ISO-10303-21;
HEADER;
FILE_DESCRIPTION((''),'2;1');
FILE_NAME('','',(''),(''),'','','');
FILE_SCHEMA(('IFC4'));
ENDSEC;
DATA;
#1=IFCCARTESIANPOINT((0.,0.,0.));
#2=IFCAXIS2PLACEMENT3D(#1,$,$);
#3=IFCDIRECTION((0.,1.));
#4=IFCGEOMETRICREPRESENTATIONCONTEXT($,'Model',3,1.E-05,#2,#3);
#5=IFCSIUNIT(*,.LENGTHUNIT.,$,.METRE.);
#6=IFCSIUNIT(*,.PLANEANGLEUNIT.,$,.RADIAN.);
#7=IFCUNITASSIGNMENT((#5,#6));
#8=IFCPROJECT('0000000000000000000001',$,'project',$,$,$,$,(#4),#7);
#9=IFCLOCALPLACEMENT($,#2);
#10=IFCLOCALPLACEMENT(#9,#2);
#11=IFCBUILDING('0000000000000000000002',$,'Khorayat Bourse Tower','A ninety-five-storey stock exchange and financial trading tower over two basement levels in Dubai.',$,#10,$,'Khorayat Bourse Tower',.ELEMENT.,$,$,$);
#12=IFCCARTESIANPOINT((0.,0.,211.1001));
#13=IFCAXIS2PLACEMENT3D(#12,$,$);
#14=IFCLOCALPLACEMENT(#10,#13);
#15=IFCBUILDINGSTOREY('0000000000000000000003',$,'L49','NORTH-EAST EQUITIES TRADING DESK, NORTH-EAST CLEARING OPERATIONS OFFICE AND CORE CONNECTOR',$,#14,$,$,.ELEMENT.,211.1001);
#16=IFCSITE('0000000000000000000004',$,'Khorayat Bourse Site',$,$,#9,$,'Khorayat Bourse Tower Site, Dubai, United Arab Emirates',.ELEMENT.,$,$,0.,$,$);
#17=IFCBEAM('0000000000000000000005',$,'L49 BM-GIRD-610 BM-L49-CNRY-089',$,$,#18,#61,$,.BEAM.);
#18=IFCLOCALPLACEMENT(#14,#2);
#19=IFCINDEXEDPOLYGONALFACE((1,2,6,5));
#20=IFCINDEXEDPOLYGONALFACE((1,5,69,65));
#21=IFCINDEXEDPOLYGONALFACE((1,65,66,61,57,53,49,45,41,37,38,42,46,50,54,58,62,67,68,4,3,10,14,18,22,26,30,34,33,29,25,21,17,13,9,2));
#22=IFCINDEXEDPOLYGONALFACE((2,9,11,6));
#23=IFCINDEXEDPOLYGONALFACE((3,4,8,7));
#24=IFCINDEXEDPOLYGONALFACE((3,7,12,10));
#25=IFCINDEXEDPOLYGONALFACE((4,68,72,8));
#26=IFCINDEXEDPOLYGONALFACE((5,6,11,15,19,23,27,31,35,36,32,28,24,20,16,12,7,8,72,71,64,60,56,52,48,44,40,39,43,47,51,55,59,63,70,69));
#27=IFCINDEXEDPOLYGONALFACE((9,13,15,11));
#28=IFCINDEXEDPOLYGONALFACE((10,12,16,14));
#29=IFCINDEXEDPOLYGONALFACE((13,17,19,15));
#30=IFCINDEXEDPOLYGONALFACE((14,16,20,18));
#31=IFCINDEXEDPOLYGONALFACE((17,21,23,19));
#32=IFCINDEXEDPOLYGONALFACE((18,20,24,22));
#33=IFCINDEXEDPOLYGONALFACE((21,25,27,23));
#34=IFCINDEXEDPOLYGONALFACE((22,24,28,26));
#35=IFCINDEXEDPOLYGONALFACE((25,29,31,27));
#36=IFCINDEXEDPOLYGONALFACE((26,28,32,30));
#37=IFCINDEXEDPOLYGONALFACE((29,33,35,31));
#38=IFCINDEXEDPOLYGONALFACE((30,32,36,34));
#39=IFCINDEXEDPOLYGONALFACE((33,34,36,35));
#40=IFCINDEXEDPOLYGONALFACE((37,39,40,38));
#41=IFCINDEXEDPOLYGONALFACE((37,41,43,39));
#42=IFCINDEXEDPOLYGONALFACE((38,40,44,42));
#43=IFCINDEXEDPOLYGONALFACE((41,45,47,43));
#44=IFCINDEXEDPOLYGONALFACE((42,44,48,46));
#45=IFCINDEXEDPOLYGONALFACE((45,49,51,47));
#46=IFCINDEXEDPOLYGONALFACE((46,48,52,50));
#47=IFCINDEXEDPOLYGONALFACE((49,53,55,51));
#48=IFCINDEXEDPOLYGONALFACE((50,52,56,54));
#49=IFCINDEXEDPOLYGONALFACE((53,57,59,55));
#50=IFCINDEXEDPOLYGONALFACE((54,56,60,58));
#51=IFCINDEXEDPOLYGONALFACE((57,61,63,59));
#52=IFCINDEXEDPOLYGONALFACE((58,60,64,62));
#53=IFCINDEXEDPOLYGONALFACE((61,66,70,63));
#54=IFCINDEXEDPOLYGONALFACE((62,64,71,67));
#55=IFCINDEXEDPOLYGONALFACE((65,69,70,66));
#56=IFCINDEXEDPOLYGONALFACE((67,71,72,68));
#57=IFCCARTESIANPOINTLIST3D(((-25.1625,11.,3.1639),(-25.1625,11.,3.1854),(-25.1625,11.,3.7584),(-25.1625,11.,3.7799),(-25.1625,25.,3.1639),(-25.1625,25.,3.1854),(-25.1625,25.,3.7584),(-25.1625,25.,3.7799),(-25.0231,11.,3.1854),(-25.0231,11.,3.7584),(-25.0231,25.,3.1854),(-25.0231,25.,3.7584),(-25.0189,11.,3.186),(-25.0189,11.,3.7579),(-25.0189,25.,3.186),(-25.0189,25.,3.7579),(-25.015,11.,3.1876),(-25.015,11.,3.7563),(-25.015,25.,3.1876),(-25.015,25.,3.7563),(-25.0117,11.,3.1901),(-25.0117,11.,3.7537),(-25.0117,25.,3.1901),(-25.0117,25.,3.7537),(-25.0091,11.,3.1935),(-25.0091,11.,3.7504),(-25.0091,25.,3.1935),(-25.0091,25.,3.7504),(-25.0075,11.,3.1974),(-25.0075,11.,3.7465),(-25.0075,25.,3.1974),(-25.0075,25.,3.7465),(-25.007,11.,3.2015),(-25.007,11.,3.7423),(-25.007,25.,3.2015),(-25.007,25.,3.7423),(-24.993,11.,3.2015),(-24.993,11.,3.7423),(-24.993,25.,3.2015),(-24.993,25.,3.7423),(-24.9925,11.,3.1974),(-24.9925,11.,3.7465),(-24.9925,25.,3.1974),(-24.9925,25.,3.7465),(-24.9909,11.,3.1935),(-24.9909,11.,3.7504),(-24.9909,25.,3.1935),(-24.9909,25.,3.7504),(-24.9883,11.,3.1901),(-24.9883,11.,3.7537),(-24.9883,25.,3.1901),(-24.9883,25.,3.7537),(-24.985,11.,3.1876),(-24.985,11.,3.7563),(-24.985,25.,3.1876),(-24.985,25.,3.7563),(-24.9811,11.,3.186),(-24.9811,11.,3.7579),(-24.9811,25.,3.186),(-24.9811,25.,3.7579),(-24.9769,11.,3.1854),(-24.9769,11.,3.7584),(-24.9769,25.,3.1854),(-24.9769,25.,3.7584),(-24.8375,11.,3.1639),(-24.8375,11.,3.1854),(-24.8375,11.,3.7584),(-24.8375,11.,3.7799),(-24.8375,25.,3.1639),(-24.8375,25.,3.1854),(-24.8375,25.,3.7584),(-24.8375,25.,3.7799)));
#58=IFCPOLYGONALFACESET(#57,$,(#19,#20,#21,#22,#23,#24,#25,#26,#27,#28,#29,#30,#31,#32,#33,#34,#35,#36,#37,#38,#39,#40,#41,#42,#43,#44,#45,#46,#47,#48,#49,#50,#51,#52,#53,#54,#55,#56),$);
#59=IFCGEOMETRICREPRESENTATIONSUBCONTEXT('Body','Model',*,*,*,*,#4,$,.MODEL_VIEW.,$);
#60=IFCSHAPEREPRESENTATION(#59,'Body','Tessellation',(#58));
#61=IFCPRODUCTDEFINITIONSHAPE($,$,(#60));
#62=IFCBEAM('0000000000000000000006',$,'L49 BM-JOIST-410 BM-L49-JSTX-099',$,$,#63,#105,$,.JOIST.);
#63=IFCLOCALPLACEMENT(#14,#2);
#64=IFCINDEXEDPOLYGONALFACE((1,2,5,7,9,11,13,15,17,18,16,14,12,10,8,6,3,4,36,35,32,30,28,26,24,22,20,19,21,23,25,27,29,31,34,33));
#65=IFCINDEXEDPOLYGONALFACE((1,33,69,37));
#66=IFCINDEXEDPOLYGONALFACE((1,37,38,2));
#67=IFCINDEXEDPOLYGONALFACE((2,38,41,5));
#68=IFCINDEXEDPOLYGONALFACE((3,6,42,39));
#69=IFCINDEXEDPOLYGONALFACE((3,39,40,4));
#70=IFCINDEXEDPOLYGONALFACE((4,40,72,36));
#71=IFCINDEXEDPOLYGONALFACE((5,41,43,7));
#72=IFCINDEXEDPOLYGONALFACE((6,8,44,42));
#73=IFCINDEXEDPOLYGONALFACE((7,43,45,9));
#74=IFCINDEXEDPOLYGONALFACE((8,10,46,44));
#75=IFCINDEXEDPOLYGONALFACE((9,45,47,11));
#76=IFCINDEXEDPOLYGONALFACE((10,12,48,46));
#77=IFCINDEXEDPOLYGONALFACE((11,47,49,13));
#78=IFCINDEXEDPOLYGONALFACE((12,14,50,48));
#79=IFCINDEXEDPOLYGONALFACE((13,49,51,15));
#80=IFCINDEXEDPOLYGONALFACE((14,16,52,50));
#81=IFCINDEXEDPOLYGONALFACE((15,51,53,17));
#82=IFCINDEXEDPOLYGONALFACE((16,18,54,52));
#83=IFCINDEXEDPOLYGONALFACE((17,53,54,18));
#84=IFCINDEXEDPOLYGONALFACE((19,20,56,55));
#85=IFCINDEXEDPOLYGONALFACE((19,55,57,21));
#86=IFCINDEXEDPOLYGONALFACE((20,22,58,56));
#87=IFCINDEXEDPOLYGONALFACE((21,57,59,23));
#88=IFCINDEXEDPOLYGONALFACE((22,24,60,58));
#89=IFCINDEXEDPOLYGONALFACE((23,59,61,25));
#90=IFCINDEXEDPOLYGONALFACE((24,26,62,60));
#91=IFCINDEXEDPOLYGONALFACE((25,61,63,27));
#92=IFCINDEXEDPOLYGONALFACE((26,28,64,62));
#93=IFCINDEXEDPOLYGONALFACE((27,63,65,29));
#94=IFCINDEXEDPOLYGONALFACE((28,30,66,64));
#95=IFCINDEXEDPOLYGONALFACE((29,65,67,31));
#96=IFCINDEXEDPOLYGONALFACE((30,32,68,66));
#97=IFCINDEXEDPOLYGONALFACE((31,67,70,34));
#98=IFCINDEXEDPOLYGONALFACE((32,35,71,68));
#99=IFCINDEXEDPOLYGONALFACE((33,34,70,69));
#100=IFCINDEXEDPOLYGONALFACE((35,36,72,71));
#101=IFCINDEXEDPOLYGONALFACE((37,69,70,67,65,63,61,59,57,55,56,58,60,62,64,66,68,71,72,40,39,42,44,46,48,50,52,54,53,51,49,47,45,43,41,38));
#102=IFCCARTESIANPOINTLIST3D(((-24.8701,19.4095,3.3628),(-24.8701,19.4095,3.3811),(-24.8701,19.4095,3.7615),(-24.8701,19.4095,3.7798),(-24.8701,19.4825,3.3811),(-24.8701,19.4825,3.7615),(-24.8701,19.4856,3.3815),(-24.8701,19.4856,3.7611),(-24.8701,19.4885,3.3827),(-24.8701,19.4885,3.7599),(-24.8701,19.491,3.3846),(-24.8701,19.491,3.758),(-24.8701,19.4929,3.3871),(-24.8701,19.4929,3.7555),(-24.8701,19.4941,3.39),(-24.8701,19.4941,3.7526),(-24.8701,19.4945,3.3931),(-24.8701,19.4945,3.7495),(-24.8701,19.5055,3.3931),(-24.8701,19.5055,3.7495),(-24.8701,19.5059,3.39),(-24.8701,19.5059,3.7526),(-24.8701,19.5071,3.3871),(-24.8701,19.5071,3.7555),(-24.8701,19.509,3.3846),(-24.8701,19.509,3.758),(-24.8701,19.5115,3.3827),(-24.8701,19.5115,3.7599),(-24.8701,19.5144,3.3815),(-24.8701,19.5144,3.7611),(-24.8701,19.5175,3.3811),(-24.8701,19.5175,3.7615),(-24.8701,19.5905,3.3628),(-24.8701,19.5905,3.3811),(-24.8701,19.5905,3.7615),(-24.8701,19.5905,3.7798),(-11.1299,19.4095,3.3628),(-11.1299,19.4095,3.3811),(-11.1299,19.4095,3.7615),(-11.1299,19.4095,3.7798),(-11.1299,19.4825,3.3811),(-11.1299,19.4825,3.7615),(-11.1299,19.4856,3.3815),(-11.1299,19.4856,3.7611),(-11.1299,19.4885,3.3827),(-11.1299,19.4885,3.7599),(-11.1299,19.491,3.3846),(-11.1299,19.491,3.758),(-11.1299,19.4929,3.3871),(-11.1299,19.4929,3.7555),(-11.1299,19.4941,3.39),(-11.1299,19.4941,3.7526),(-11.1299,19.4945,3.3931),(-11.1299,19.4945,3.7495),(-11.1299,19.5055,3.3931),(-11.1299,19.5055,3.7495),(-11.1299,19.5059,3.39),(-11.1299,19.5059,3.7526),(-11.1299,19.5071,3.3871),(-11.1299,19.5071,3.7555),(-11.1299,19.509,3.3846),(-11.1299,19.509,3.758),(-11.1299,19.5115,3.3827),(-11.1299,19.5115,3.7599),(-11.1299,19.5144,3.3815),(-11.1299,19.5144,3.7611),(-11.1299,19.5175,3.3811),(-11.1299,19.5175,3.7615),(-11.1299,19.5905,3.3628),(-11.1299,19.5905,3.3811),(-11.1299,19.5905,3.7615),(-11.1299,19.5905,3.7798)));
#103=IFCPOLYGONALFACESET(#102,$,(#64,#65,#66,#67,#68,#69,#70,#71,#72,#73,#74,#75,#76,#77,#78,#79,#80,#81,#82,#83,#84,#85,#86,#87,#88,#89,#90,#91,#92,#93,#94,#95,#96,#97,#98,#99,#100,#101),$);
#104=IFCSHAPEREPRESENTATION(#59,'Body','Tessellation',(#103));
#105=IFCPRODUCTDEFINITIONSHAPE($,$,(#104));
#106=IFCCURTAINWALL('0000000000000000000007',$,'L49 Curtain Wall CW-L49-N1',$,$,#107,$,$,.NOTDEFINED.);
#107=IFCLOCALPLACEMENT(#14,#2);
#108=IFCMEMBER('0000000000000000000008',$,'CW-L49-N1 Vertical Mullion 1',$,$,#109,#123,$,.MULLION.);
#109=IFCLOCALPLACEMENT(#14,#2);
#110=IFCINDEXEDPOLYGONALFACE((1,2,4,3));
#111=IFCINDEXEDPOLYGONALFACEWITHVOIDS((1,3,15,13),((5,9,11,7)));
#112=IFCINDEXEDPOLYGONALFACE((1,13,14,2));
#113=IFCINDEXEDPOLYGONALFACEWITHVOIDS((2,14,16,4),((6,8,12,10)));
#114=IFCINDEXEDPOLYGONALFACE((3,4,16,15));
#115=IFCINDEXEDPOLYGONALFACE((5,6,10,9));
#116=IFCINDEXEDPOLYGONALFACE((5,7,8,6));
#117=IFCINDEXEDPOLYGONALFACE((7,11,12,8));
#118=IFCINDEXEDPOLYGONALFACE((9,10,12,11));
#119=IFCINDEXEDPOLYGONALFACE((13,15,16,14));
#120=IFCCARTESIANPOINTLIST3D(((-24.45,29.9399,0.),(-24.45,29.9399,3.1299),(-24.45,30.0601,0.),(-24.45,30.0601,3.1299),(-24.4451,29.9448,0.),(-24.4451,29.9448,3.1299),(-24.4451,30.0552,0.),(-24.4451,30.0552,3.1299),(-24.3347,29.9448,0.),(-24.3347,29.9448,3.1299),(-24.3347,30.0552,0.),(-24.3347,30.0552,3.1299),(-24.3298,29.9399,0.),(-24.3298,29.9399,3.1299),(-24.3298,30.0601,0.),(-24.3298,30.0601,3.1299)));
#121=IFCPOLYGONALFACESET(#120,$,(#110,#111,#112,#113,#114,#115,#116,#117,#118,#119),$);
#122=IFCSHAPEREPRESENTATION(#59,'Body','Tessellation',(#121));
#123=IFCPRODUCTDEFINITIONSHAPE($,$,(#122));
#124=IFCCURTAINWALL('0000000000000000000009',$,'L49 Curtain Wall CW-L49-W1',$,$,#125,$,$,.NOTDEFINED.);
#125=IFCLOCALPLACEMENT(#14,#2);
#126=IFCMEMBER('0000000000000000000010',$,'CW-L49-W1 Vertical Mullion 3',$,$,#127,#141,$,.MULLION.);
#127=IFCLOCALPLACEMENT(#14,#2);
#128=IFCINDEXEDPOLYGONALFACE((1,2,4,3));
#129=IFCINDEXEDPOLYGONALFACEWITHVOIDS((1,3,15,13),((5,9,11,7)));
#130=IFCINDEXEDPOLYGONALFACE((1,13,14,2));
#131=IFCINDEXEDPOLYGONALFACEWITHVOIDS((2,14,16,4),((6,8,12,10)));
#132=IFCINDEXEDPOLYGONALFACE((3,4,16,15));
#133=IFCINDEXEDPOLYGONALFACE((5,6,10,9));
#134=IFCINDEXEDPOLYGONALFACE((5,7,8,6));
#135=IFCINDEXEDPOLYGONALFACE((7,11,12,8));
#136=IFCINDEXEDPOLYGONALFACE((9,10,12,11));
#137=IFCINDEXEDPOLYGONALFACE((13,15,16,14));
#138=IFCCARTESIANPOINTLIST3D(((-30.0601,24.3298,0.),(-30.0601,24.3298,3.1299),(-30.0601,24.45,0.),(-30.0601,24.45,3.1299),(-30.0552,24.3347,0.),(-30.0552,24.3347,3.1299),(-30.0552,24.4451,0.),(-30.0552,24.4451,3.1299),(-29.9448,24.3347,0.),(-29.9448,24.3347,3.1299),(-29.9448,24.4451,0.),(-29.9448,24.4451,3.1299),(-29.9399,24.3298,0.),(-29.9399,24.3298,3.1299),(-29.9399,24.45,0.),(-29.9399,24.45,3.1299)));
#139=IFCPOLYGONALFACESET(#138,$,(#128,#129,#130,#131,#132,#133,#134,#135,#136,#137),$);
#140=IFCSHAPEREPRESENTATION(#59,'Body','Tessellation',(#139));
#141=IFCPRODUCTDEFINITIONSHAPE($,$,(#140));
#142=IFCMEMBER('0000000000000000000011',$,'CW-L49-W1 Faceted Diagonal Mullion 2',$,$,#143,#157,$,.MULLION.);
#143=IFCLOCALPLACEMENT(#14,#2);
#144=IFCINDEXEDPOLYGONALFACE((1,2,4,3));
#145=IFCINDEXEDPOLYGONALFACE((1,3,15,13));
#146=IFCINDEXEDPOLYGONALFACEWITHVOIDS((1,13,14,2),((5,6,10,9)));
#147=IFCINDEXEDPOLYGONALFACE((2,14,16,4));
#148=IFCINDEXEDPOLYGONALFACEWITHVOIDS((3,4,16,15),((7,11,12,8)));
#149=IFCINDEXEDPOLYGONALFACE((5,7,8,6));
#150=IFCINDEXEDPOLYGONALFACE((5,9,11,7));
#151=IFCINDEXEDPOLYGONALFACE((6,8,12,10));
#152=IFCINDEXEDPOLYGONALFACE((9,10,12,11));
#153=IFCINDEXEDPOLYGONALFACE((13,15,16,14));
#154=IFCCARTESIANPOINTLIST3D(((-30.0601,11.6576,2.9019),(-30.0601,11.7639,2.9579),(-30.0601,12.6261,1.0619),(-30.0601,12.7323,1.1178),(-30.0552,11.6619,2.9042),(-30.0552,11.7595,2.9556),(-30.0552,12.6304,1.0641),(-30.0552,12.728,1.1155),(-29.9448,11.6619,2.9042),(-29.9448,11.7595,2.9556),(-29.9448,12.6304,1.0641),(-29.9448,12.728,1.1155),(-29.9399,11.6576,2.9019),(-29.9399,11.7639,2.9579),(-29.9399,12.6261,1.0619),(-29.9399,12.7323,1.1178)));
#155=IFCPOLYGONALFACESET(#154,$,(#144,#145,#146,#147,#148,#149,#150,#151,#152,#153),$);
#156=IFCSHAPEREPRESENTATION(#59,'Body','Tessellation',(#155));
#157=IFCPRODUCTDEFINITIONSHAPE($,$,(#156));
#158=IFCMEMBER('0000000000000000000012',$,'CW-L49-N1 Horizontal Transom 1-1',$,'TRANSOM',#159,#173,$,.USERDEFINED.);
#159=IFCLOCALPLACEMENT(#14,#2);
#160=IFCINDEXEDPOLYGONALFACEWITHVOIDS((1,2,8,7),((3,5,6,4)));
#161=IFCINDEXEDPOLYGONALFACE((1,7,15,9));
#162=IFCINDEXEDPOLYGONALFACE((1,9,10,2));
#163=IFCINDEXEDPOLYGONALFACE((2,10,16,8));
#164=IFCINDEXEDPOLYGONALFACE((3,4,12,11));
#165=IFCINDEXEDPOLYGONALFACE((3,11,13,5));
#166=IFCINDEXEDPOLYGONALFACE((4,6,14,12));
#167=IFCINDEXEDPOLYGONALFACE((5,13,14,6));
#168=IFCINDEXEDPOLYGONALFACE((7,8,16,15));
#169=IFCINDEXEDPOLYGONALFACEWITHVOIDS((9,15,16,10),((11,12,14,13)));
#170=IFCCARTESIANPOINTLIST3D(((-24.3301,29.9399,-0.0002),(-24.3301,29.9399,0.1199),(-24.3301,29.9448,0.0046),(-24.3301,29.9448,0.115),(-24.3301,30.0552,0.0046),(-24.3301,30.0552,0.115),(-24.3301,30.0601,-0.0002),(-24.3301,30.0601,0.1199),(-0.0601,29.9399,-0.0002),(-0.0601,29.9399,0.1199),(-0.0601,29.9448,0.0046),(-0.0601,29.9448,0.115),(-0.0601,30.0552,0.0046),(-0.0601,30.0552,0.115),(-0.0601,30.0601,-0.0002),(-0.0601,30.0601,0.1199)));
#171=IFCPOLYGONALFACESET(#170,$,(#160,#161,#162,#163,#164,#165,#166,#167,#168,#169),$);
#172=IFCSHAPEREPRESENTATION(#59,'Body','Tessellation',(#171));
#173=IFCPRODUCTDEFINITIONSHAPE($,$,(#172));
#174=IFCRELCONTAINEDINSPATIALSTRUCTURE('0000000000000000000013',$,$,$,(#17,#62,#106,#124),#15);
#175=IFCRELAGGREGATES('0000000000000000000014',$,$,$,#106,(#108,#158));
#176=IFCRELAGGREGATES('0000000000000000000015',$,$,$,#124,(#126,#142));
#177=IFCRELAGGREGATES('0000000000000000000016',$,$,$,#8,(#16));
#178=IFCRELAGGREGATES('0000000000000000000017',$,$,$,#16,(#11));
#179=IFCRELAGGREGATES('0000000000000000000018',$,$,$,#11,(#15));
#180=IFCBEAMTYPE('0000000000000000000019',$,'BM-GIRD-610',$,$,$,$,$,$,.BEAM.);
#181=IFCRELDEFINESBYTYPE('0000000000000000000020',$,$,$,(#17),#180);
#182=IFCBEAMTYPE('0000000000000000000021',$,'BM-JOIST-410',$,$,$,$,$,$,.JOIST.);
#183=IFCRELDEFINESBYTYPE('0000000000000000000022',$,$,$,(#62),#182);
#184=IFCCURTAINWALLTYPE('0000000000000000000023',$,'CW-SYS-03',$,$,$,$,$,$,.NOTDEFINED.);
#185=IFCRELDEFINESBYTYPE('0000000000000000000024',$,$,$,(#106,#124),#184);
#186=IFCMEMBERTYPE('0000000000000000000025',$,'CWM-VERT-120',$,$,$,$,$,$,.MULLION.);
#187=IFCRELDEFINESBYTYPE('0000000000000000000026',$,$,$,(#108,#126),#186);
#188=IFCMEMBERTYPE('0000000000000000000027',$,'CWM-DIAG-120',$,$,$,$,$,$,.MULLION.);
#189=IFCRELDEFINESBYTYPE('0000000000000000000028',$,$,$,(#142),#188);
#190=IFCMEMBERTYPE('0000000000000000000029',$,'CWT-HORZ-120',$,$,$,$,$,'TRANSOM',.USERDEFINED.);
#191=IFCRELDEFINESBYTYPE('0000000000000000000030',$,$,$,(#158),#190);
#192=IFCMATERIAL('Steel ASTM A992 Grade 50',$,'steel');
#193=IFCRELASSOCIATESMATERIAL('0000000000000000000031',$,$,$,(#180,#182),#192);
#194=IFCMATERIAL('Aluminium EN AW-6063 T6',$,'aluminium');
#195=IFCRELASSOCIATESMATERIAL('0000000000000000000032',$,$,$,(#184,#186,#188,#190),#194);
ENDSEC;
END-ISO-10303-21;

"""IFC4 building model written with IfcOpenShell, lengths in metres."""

from ifc_helpers import new_model, si_unit, direction, frame, origin, origin_2d, place, context, subcontext, project, spatial, hollow_rectangle, i_section, extrude, source, transform, mapped, material, material_profile, profile_set, type_object, element, aggregate, save


model = new_model("IFC4")

# Units and contexts
model_context = context("Model", 3, precision=1e-05, world=origin(), true_north=direction((0.0, 1.0)))
body_context = subcontext(model_context, "Body", "Model", "MODEL_VIEW")
ifc_project = project(units=[si_unit("LENGTHUNIT", "METRE"), si_unit("PLANEANGLEUNIT", "RADIAN")], contexts=[model_context])

# Site, building, storey
site_placement = place(None, origin())
site = spatial("IfcSite", under=ifc_project, at=site_placement, Name="Khorayat Bourse Site", LongName="Khorayat Bourse Tower Site, Dubai, United Arab Emirates", CompositionType="ELEMENT", RefElevation=0.0)
building_placement = place(site_placement, origin())
building = spatial("IfcBuilding", under=site, at=building_placement, Name="Khorayat Bourse Tower", Description="A ninety-five-storey stock exchange and financial trading tower over two basement levels in Dubai.", LongName="Khorayat Bourse Tower", CompositionType="ELEMENT")
storey_placement = place(building_placement, frame((0.0, 0.0, 211.1001)))
storey = spatial("IfcBuildingStorey", under=building, at=storey_placement, Name="L49", Description="NORTH-EAST EQUITIES TRADING DESK, NORTH-EAST CLEARING OPERATIONS OFFICE AND CORE CONNECTOR", CompositionType="ELEMENT", Elevation=211.1001)

# Beams
ifc_material_1 = material(Name="Steel ASTM A992 Grade 50", Category="steel")
ifc_material_profile_1 = material_profile(ifc_material_1, i_section(OverallWidth=0.325, OverallDepth=0.616, WebThickness=0.0139, FlangeThickness=0.0215, FilletRadius=0.0161, at=origin_2d()), Name="W610X174")
ifc_profile_set_1 = profile_set([ifc_material_profile_1], Name="Steel ASTM A992 Grade 50")
beam_type_1 = type_object("IfcBeamType", Name="BM-GIRD-610", PredefinedType="BEAM", material=ifc_profile_set_1)
shared_shape_1 = source(origin(), body_context, "Body", "SweptSolid", [
    extrude(i_section(OverallWidth=0.325, OverallDepth=0.616, WebThickness=0.0139, FlangeThickness=0.0215, FilletRadius=0.0161, at=origin_2d()), origin(), (0.0, 0.0, 1.0), 14.0),
])
beam_1_placement = place(storey_placement, frame((-25.0, 11.0, 3.4719), z_axis=(0.0, 1.0, 0.0), x_axis=(-1.0, 0.0, 0.0)))
element("IfcBeam", 1, at=beam_1_placement, inside=storey, type_object=beam_type_1, Name="L49 BM-GIRD-610 BM-L49-CNRY-089", PredefinedType="BEAM", context=body_context, shape_type="MappedRepresentation", body=[
    mapped(shared_shape_1, transform((0.0, 0.0, 0.0), scale=1.0)),
])
ifc_material_profile_2 = material_profile(ifc_material_1, i_section(OverallWidth=0.1809, OverallDepth=0.417, WebThickness=0.011, FlangeThickness=0.0183, FilletRadius=0.012, at=origin_2d()), Name="W410X85")
ifc_profile_set_2 = profile_set([ifc_material_profile_2], Name="Steel ASTM A992 Grade 50")
beam_type_2 = type_object("IfcBeamType", Name="BM-JOIST-410", PredefinedType="JOIST", material=ifc_profile_set_2)
shared_shape_2 = source(origin(), body_context, "Body", "SweptSolid", [
    extrude(i_section(OverallWidth=0.1809, OverallDepth=0.417, WebThickness=0.011, FlangeThickness=0.0183, FilletRadius=0.012, at=origin_2d()), origin(), (0.0, 0.0, 1.0), 13.7402),
])
beam_2_placement = place(storey_placement, frame((-24.8701, 19.5, 3.5713), z_axis=(1.0, 0.0, 0.0), x_axis=(0.0, 1.0, 0.0)))
element("IfcBeam", 2, at=beam_2_placement, inside=storey, type_object=beam_type_2, Name="L49 BM-JOIST-410 BM-L49-JSTX-099", PredefinedType="JOIST", context=body_context, shape_type="MappedRepresentation", body=[
    mapped(shared_shape_2, transform((0.0, 0.0, 0.0), scale=1.0)),
])

# Curtain wall, member
ifc_material_2 = material(Name="Aluminium EN AW-6063 T6", Category="aluminium")
curtain_wall_type = type_object("IfcCurtainWallType", Name="CW-SYS-03", PredefinedType="NOTDEFINED", material=ifc_material_2)
curtain_wall_1_placement = place(storey_placement, origin())
curtain_wall_1 = element("IfcCurtainWall", 3, at=curtain_wall_1_placement, inside=storey, type_object=curtain_wall_type, Name="L49 Curtain Wall CW-L49-N1", PredefinedType="NOTDEFINED")
ifc_material_profile_3 = material_profile(ifc_material_2, hollow_rectangle(XDim=0.1201, YDim=0.1201, WallThickness=0.0049, at=origin_2d()), Name="ALU 120x120x5")
ifc_profile_set_3 = profile_set([ifc_material_profile_3], Name="Aluminium EN AW-6063 T6")
member_type_1 = type_object("IfcMemberType", Name="CWM-VERT-120", PredefinedType="MULLION", material=ifc_profile_set_3)
shared_shape_3 = source(origin(), body_context, "Body", "SweptSolid", [
    extrude(hollow_rectangle(XDim=0.1201, YDim=0.1201, WallThickness=0.0049, at=origin_2d()), origin(), (0.0, 0.0, 1.0), 3.1299),
])
member_1_placement = place(storey_placement, frame((-24.3899, 30.0, 0.0), z_axis=(0.0, 0.0, 1.0), x_axis=(0.0, 1.0, 0.0)))
member_1 = element("IfcMember", 4, at=member_1_placement, type_object=member_type_1, Name="CW-L49-N1 Vertical Mullion 1", PredefinedType="MULLION", context=body_context, shape_type="MappedRepresentation", body=[
    mapped(shared_shape_3, transform((0.0, 0.0, 0.0), scale=1.0)),
])

# Curtain wall, members
curtain_wall_2_placement = place(storey_placement, origin())
curtain_wall_2 = element("IfcCurtainWall", 5, at=curtain_wall_2_placement, inside=storey, type_object=curtain_wall_type, Name="L49 Curtain Wall CW-L49-W1", PredefinedType="NOTDEFINED")
member_2_placement = place(storey_placement, frame((-30.0, 24.3899, 0.0), z_axis=(0.0, 0.0, 1.0), x_axis=(-1.0, 0.0, 0.0)))
member_2 = element("IfcMember", 6, at=member_2_placement, type_object=member_type_1, Name="CW-L49-W1 Vertical Mullion 3", PredefinedType="MULLION", context=body_context, shape_type="MappedRepresentation", body=[
    mapped(shared_shape_3, transform((0.0, 0.0, 0.0), scale=1.0)),
])
ifc_material_profile_4 = material_profile(ifc_material_2, hollow_rectangle(XDim=0.1201, YDim=0.1201, WallThickness=0.0049, at=origin_2d()), Name="ALU 120x120x5")
ifc_profile_set_4 = profile_set([ifc_material_profile_4], Name="Aluminium EN AW-6063 T6")
member_type_2 = type_object("IfcMemberType", Name="CWM-DIAG-120", PredefinedType="MULLION", material=ifc_profile_set_4)
shared_shape_4 = source(origin(), body_context, "Body", "SweptSolid", [
    extrude(hollow_rectangle(XDim=0.1201, YDim=0.1201, WallThickness=0.0049, at=origin_2d()), origin(), (0.0, 0.0, 1.0), 2.0793),
])
member_3_placement = place(storey_placement, frame((-30.0, 12.6792, 1.0898), z_axis=(0.0, -0.465761, 0.884911), x_axis=(1.0, 0.0, 0.0)))
member_3 = element("IfcMember", 7, at=member_3_placement, type_object=member_type_2, Name="CW-L49-W1 Faceted Diagonal Mullion 2", PredefinedType="MULLION", context=body_context, shape_type="MappedRepresentation", body=[
    mapped(shared_shape_4, transform((0.0, 0.0, 0.0), scale=1.0)),
])

# Member
ifc_material_profile_5 = material_profile(ifc_material_2, hollow_rectangle(XDim=0.1201, YDim=0.1201, WallThickness=0.0049, at=origin_2d()), Name="ALU 120x120x5")
ifc_profile_set_5 = profile_set([ifc_material_profile_5], Name="Aluminium EN AW-6063 T6")
member_type_3 = type_object("IfcMemberType", Name="CWT-HORZ-120", ElementType="TRANSOM", PredefinedType="USERDEFINED", material=ifc_profile_set_5)
shared_shape_5 = source(origin(), body_context, "Body", "SweptSolid", [
    extrude(hollow_rectangle(XDim=0.1201, YDim=0.1201, WallThickness=0.0049, at=origin_2d()), origin(), (0.0, 0.0, 1.0), 24.27),
])
member_4_placement = place(storey_placement, frame((-24.3301, 30.0, 0.0598), z_axis=(1.0, 0.0, 0.0), x_axis=(0.0, 1.0, 0.0)))
member_4 = element("IfcMember", 8, at=member_4_placement, type_object=member_type_3, Name="CW-L49-N1 Horizontal Transom 1-1", ObjectType="TRANSOM", PredefinedType="USERDEFINED", context=body_context, shape_type="MappedRepresentation", body=[
    mapped(shared_shape_5, transform((0.0, 0.0, 0.0), scale=1.0)),
])
aggregate(curtain_wall_1, [member_1, member_4])

aggregate(curtain_wall_2, [member_2, member_3])

save(model, "model.ifc")
